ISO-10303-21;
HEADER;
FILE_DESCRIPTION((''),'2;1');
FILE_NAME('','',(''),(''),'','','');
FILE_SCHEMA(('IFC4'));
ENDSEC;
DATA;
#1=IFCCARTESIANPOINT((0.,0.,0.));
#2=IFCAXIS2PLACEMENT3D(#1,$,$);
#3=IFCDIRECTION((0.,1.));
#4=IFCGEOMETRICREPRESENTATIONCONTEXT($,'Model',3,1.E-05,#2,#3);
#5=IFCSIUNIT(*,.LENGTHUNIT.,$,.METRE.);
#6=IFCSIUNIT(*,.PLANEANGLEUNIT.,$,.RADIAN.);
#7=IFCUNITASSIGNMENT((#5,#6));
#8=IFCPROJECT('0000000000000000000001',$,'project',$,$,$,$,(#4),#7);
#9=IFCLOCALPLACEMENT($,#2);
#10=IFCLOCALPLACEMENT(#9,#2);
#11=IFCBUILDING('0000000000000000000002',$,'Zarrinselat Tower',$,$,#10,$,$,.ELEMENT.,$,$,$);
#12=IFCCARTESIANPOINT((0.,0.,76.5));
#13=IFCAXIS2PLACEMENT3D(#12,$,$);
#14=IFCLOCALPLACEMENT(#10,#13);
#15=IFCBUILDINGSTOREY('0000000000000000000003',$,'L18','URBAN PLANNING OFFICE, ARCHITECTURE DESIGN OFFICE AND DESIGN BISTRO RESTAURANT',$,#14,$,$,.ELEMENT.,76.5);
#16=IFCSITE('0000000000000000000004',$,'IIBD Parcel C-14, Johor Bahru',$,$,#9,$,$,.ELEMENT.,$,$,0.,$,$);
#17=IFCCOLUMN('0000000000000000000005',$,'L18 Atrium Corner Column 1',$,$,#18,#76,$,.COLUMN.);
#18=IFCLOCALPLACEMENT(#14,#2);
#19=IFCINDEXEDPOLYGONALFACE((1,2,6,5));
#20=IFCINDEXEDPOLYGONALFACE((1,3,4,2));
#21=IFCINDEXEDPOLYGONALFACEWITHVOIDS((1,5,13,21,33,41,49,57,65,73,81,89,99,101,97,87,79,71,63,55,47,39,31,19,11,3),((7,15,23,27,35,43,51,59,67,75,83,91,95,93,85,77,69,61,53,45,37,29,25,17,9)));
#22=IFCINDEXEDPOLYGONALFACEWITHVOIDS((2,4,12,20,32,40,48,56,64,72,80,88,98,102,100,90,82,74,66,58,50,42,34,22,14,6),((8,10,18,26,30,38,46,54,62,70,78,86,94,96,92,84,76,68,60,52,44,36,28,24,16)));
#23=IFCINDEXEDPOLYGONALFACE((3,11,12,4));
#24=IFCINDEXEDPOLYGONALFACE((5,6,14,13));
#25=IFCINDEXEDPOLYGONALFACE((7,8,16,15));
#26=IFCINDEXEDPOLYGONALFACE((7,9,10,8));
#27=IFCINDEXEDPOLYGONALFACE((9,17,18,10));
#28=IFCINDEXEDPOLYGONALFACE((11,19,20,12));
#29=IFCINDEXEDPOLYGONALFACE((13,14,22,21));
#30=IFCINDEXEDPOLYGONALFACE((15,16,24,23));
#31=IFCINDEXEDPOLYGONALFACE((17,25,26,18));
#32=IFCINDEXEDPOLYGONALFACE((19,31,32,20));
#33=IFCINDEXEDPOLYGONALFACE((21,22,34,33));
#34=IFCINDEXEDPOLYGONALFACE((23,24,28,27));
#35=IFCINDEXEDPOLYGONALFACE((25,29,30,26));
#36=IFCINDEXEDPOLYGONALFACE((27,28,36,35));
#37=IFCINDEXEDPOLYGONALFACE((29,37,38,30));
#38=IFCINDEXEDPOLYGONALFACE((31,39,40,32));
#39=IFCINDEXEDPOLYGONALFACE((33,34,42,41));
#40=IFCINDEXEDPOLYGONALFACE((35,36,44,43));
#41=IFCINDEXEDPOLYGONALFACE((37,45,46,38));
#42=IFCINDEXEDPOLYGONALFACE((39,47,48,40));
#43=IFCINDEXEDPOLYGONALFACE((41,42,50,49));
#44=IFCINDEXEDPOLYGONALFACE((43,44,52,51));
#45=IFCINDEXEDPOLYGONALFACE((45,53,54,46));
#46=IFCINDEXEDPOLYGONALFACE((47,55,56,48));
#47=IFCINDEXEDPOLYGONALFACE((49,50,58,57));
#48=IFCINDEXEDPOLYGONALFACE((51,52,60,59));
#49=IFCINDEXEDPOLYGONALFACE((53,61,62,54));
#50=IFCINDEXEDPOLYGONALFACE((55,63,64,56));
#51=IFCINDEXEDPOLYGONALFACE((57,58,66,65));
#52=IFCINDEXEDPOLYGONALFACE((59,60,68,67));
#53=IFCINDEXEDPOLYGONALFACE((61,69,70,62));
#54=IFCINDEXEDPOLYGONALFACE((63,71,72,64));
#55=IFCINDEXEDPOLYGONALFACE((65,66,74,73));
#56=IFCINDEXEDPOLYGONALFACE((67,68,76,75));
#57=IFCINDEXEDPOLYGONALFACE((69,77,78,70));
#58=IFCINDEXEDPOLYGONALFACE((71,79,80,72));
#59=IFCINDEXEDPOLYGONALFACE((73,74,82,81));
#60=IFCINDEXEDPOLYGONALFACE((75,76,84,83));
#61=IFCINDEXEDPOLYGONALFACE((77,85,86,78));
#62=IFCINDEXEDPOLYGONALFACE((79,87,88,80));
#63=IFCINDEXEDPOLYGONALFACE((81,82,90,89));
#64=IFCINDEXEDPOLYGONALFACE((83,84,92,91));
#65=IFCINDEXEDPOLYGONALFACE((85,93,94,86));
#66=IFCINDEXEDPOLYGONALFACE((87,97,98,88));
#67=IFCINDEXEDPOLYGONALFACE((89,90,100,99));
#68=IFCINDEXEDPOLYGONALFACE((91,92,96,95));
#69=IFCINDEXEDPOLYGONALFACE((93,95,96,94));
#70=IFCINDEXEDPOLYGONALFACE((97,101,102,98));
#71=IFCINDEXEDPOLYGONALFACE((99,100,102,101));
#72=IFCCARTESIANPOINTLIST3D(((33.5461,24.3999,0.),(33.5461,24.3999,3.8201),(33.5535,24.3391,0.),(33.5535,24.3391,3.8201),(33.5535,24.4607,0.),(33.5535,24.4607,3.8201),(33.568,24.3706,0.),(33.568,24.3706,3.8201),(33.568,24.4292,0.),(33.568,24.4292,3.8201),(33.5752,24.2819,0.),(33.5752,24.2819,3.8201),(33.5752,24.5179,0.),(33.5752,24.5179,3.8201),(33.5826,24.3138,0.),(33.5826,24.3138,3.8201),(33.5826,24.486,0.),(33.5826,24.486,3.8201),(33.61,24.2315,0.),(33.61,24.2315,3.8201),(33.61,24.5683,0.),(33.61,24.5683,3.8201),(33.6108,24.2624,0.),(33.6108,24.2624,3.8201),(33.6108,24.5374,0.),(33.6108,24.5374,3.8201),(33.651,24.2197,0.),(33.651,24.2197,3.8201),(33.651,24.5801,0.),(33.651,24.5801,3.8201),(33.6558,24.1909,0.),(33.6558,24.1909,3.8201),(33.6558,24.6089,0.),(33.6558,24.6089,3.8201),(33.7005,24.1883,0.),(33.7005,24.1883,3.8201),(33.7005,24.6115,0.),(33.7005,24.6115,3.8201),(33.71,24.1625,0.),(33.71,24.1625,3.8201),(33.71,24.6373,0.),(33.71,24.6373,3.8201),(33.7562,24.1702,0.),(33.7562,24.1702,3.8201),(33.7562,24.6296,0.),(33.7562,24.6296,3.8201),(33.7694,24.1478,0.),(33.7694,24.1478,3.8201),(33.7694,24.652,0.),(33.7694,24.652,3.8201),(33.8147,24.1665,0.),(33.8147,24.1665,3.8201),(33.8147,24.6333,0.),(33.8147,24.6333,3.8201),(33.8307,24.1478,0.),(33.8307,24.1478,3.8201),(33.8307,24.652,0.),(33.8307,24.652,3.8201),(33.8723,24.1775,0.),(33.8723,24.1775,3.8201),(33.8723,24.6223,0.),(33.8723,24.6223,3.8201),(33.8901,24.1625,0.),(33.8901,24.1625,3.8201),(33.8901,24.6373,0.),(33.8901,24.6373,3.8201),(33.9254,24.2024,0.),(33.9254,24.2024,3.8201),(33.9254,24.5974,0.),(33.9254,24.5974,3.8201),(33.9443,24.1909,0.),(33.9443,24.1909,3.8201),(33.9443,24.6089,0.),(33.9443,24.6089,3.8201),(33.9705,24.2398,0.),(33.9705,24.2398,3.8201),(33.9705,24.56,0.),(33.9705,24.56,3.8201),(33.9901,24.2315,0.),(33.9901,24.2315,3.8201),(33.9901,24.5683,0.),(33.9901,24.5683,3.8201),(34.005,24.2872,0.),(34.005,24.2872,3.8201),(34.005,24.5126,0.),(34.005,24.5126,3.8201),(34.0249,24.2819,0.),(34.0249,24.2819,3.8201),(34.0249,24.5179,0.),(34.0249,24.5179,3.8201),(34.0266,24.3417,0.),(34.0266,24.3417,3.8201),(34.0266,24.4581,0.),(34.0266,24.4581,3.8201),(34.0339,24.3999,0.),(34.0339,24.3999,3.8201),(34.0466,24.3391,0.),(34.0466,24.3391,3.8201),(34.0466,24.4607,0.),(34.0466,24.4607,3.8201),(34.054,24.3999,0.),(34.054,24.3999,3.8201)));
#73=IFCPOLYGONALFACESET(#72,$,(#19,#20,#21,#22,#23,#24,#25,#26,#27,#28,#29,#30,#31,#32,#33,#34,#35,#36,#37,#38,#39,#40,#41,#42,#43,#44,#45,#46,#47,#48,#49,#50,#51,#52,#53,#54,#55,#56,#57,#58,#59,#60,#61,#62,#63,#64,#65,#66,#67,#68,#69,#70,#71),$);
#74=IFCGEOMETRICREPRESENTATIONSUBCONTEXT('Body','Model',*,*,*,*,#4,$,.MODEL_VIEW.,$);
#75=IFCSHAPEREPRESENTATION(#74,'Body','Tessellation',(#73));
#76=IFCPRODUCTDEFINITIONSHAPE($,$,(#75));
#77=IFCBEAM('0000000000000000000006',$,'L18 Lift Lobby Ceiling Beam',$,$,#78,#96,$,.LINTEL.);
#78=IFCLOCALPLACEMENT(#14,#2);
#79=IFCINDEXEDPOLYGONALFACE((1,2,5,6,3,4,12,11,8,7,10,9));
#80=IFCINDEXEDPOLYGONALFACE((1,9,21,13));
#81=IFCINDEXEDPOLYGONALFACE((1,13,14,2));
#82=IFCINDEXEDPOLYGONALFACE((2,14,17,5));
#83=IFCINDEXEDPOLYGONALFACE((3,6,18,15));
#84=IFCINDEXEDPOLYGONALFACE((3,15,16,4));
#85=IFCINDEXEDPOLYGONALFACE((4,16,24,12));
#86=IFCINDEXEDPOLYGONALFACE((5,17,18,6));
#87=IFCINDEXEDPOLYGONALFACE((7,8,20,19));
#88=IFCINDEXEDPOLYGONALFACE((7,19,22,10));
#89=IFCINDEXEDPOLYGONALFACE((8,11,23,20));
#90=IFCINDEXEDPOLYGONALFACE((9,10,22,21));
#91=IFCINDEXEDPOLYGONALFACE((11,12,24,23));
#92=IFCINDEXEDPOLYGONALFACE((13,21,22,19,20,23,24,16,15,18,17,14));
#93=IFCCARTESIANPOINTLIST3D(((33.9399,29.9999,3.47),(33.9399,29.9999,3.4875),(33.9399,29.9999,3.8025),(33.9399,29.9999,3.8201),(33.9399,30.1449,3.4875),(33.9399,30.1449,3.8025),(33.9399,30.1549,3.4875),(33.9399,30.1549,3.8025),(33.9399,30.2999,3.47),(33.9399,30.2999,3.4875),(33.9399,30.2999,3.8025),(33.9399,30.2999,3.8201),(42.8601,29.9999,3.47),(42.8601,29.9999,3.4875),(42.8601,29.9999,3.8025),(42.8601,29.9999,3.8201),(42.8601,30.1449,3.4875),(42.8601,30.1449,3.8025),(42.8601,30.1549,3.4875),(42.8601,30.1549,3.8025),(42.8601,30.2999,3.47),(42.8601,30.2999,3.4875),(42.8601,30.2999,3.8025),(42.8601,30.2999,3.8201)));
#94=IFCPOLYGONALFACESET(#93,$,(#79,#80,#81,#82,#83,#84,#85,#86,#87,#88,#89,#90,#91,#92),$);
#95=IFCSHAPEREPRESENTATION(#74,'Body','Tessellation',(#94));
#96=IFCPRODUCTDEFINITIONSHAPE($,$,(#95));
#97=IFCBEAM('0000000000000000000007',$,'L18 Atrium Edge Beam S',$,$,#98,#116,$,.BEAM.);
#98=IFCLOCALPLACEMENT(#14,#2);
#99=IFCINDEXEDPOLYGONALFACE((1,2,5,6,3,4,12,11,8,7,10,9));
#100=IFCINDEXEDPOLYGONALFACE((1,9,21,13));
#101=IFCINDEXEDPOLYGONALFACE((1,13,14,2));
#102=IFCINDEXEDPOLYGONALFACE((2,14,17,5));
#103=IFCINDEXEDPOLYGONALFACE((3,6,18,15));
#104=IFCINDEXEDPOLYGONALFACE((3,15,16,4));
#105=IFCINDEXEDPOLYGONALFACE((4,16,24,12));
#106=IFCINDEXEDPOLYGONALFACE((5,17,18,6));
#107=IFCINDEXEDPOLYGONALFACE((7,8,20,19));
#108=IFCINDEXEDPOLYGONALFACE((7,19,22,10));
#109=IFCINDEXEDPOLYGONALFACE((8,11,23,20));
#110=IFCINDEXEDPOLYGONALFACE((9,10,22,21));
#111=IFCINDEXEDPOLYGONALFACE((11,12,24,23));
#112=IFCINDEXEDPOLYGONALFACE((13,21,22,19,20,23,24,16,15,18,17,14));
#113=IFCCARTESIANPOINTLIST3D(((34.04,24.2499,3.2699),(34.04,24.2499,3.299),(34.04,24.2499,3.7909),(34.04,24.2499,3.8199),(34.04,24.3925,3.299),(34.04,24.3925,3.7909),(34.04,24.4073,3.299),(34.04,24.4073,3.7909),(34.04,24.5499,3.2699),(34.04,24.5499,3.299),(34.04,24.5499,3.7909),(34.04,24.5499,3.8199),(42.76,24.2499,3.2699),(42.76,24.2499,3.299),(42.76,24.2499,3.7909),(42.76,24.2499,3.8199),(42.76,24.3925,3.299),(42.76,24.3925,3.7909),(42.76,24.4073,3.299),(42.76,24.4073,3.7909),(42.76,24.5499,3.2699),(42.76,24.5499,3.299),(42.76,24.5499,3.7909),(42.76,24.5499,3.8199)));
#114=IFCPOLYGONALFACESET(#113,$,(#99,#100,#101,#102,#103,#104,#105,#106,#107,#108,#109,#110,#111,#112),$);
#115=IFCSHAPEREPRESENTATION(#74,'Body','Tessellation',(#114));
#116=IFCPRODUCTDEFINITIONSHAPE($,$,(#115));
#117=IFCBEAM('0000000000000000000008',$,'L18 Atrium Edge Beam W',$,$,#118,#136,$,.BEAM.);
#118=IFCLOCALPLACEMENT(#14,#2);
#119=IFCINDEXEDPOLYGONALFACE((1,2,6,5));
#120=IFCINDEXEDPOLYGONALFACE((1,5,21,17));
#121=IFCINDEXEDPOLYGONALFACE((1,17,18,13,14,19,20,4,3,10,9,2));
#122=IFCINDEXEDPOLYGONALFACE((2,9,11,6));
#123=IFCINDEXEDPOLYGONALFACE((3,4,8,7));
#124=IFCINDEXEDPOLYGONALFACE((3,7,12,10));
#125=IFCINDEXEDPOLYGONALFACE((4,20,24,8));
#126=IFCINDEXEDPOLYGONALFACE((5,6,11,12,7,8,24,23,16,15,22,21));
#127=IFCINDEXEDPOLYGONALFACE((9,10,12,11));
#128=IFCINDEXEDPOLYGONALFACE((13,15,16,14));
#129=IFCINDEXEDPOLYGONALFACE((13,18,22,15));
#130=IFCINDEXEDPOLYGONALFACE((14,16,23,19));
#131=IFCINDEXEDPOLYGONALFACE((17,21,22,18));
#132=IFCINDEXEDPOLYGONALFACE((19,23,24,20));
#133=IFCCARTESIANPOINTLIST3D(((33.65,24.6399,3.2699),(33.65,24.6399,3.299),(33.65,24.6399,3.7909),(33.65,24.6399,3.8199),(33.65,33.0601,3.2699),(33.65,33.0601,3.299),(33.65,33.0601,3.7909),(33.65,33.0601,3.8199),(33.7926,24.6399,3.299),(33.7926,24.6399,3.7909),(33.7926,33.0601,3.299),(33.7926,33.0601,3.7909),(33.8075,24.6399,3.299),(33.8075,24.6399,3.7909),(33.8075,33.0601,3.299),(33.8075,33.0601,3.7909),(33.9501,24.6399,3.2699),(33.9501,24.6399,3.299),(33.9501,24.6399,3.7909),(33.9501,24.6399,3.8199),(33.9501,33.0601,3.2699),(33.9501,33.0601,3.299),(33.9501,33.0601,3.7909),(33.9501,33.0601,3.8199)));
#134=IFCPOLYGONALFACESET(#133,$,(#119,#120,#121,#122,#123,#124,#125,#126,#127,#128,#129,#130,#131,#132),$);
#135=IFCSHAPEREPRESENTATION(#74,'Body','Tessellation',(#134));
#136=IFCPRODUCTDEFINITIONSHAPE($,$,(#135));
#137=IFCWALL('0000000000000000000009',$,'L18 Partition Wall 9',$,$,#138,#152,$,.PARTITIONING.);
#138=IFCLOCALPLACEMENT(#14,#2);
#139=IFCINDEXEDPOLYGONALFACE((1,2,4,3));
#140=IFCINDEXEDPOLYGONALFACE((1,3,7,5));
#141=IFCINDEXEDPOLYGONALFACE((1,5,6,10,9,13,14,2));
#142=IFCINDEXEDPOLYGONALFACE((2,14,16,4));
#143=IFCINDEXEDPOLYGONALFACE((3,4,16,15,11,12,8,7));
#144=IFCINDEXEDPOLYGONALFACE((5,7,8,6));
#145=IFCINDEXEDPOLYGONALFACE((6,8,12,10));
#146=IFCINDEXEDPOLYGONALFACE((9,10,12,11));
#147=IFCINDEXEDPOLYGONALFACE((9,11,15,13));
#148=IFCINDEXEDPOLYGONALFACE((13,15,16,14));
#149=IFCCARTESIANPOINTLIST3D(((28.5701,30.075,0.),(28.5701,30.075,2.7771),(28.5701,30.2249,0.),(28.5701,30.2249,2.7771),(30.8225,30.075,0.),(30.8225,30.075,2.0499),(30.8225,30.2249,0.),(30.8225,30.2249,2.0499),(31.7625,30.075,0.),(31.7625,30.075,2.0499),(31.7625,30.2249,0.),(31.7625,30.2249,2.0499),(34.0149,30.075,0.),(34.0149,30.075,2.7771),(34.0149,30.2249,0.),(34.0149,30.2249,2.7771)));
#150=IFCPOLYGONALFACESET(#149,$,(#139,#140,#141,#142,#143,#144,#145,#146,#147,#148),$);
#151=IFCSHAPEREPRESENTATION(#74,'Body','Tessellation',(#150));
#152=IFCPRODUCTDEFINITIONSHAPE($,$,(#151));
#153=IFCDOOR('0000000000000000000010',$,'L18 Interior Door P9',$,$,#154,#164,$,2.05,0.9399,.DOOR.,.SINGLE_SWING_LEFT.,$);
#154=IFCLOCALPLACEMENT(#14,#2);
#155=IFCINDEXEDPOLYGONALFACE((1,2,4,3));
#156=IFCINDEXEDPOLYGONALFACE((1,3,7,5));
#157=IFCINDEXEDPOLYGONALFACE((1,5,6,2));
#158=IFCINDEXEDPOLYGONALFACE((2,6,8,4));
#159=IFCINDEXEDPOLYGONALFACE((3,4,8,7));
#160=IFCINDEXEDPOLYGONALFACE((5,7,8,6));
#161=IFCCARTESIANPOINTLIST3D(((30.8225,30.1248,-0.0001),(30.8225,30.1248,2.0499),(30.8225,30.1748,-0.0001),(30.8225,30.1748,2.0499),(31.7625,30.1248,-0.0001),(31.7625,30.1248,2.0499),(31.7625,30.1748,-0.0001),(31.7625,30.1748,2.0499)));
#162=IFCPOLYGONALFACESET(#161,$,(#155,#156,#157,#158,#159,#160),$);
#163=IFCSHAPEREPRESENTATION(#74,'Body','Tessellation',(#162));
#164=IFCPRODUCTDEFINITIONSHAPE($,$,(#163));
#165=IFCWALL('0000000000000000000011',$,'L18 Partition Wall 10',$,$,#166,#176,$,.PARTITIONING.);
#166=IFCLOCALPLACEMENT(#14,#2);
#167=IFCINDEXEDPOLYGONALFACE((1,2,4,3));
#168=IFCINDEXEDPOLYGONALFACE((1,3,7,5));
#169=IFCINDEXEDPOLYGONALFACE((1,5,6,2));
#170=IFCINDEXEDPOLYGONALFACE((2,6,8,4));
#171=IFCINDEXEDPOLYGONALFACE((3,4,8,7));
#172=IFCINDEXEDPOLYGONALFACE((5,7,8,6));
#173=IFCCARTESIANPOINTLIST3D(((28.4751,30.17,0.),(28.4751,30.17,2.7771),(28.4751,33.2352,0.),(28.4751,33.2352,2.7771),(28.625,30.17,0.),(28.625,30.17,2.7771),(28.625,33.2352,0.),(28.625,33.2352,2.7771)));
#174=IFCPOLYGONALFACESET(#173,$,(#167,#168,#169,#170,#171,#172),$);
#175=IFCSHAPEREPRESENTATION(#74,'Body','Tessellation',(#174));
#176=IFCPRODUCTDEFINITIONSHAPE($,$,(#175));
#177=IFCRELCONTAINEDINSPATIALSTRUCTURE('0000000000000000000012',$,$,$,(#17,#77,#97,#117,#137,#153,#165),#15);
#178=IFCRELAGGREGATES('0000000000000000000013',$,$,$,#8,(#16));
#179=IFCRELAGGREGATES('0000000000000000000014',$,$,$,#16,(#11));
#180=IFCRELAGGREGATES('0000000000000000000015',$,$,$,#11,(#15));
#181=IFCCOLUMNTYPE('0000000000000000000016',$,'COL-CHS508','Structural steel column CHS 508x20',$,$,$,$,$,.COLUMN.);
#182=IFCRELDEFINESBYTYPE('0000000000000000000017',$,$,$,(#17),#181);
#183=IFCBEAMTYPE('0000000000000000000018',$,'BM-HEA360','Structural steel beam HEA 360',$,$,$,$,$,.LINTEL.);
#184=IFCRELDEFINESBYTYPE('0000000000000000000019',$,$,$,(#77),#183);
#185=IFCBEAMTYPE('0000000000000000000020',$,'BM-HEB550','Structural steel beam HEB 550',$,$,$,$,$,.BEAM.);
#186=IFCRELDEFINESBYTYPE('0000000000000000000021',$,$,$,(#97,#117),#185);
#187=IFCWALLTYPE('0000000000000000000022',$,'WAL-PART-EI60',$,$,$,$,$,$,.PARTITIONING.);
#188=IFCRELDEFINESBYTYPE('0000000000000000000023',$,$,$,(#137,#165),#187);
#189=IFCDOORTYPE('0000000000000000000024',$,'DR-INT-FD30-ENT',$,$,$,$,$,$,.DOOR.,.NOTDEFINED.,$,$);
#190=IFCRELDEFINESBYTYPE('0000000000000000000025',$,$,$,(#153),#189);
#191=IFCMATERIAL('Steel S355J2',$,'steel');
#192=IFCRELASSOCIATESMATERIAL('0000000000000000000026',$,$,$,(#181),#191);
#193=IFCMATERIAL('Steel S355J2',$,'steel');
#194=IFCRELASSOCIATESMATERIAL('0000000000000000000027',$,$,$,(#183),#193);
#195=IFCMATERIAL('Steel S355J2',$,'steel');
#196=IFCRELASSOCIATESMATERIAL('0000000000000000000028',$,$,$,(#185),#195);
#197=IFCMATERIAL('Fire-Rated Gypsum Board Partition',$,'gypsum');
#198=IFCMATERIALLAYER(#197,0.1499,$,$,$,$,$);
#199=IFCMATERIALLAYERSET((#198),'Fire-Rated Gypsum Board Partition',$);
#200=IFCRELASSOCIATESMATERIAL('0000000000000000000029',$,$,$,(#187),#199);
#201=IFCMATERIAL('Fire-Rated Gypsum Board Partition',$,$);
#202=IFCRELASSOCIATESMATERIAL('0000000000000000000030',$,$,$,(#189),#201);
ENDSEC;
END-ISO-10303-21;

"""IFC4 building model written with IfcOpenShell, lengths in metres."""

from ifc_helpers import new_model, si_unit, direction, frame, frame_2d, origin, origin_2d, place, context, subcontext, project, spatial, rectangle, hollow_circle, i_section, extrude, material, layer, layer_set, material_profile, profile_set, type_object, element, fill, save


model = new_model("IFC4")

# Units and contexts
model_context = context("Model", 3, precision=1e-05, world=origin(), true_north=direction((0.0, 1.0)))
body_context = subcontext(model_context, "Body", "Model", "MODEL_VIEW")
ifc_project = project(units=[si_unit("LENGTHUNIT", "METRE"), si_unit("PLANEANGLEUNIT", "RADIAN")], contexts=[model_context])

# Site, building, storey
site_placement = place(None, origin())
site = spatial("IfcSite", under=ifc_project, at=site_placement, Name="IIBD Parcel C-14, Johor Bahru", CompositionType="ELEMENT", RefElevation=0.0)
building_placement = place(site_placement, origin())
building = spatial("IfcBuilding", under=site, at=building_placement, Name="Zarrinselat Tower", CompositionType="ELEMENT")
storey_placement = place(building_placement, frame((0.0, 0.0, 76.5)))
storey = spatial("IfcBuildingStorey", under=building, at=storey_placement, Name="L18", Description="URBAN PLANNING OFFICE, ARCHITECTURE DESIGN OFFICE AND DESIGN BISTRO RESTAURANT", CompositionType="ELEMENT", Elevation=76.5)

# Column
ifc_material_1 = material(Name="Steel S355J2", Category="steel")
ifc_material_profile_1 = material_profile(ifc_material_1, hollow_circle(Radius=0.2539, WallThickness=0.02, at=origin_2d()), Name="CHS 508x20")
ifc_profile_set_1 = profile_set([ifc_material_profile_1], Name="Steel S355J2")
column_type = type_object("IfcColumnType", Name="COL-CHS508", Description="Structural steel column CHS 508x20", PredefinedType="COLUMN", material=ifc_profile_set_1)
column_placement = place(storey_placement, frame((33.8, 24.3999, 0.0), z_axis=(0.0, 0.0, 1.0), x_axis=(1.0, 0.0, 0.0)))
element("IfcColumn", 1, at=column_placement, inside=storey, type_object=column_type, Name="L18 Atrium Corner Column 1", PredefinedType="COLUMN", context=body_context, shape_type="SweptSolid", body=[
    extrude(hollow_circle(Radius=0.2539, WallThickness=0.02, at=origin_2d()), origin(), (0.0, 0.0, 1.0), 3.8201),
])

# Beams
ifc_material_2 = material(Name="Steel S355J2", Category="steel")
ifc_material_profile_2 = material_profile(ifc_material_2, i_section(OverallWidth=0.3, OverallDepth=0.3501, WebThickness=0.01, FlangeThickness=0.0176, at=origin_2d()), Name="HEA 360")
ifc_profile_set_2 = profile_set([ifc_material_profile_2], Name="Steel S355J2")
beam_type_1 = type_object("IfcBeamType", Name="BM-HEA360", Description="Structural steel beam HEA 360", PredefinedType="LINTEL", material=ifc_profile_set_2)
beam_1_placement = place(storey_placement, frame((33.9399, 30.1499, 3.645), z_axis=(1.0, 0.0, 0.0), x_axis=(0.0, 1.0, 0.0)))
element("IfcBeam", 2, at=beam_1_placement, inside=storey, type_object=beam_type_1, Name="L18 Lift Lobby Ceiling Beam", PredefinedType="LINTEL", context=body_context, shape_type="SweptSolid", body=[
    extrude(i_section(OverallWidth=0.3, OverallDepth=0.3501, WebThickness=0.01, FlangeThickness=0.0176, at=origin_2d()), origin(), (0.0, 0.0, 1.0), 8.9202),
])
ifc_material_3 = material(Name="Steel S355J2", Category="steel")
ifc_material_profile_3 = material_profile(ifc_material_3, i_section(OverallWidth=0.3, OverallDepth=0.55, WebThickness=0.0149, FlangeThickness=0.0291, at=origin_2d()), Name="HEB 550")
ifc_profile_set_3 = profile_set([ifc_material_profile_3], Name="Steel S355J2")
beam_type_2 = type_object("IfcBeamType", Name="BM-HEB550", Description="Structural steel beam HEB 550", PredefinedType="BEAM", material=ifc_profile_set_3)
beam_2_placement = place(storey_placement, frame((34.04, 24.3999, 3.5449), z_axis=(1.0, 0.0, 0.0), x_axis=(0.0, 1.0, 0.0)))
element("IfcBeam", 3, at=beam_2_placement, inside=storey, type_object=beam_type_2, Name="L18 Atrium Edge Beam S", PredefinedType="BEAM", context=body_context, shape_type="SweptSolid", body=[
    extrude(i_section(OverallWidth=0.3, OverallDepth=0.55, WebThickness=0.0149, FlangeThickness=0.0291, at=origin_2d()), origin(), (0.0, 0.0, 1.0), 8.72),
])
beam_3_placement = place(storey_placement, frame((33.8, 24.6399, 3.5449), z_axis=(0.0, 1.0, 0.0), x_axis=(-1.0, 0.0, 0.0)))
element("IfcBeam", 4, at=beam_3_placement, inside=storey, type_object=beam_type_2, Name="L18 Atrium Edge Beam W", PredefinedType="BEAM", context=body_context, shape_type="SweptSolid", body=[
    extrude(i_section(OverallWidth=0.3, OverallDepth=0.55, WebThickness=0.0149, FlangeThickness=0.0291, at=origin_2d()), origin(), (0.0, 0.0, 1.0), 8.4202),
])

# Wall, opening, door
ifc_material_4 = material(Name="Fire-Rated Gypsum Board Partition", Category="gypsum")
ifc_layer_1 = layer(ifc_material_4, 0.1499)
ifc_layer_set_1 = layer_set([ifc_layer_1], Name="Fire-Rated Gypsum Board Partition")
wall_type_1 = type_object("IfcWallType", Name="WAL-PART-EI60", PredefinedType="PARTITIONING", material=ifc_layer_set_1)
wall_1_placement = place(storey_placement, frame((28.5701, 30.1499, 0.0), z_axis=(0.0, 0.0, 1.0), x_axis=(1.0, 0.0, 0.0)))
wall_1 = element("IfcWall", 5, at=wall_1_placement, inside=storey, type_object=wall_type_1, Name="L18 Partition Wall 9", PredefinedType="PARTITIONING", context=body_context, shape_type="SweptSolid", body=[
    extrude(rectangle(XDim=5.4448, YDim=0.1499, at=frame_2d((2.7224, 0.0))), origin(), (0.0, 0.0, 1.0), 2.7771),
])
opening_1_placement = place(wall_1_placement, frame((2.2524, 0.0, 0.0)))
opening_1 = element("IfcOpeningElement", 6, at=opening_1_placement, cuts=wall_1, PredefinedType="OPENING", context=body_context, shape_type="SweptSolid", body=[
    extrude(rectangle(XDim=0.9399, YDim=2.05, at=frame_2d((0.47, 1.0249))), frame((0.0, 0.085, 0.0), z_axis=(0.0, -1.0, 0.0), x_axis=(1.0, 0.0, 0.0)), (0.0, 0.0, 1.0), 0.1699),
])
ifc_material_5 = material(Name="Fire-Rated Gypsum Board Partition")
door_type_1 = type_object("IfcDoorType", Name="DR-INT-FD30-ENT", OperationType="NOTDEFINED", PredefinedType="DOOR", material=ifc_material_5)
door_1_placement = place(opening_1_placement, origin())
door_1 = element("IfcDoor", 7, at=door_1_placement, inside=storey, type_object=door_type_1, Name="L18 Interior Door P9", OperationType="SINGLE_SWING_LEFT", OverallHeight=2.05, OverallWidth=0.9399, PredefinedType="DOOR", context=body_context, shape_type="SweptSolid", body=[
    extrude(rectangle(XDim=0.9399, YDim=2.05, at=frame_2d((0.47, 1.0249))), frame((0.0, 0.0249, 0.0), z_axis=(0.0, -1.0, 0.0), x_axis=(1.0, 0.0, 0.0)), (0.0, 0.0, 1.0), 0.05),
])
fill(opening_1, door_1)

# Wall
wall_2_placement = place(storey_placement, frame((28.55, 30.1699, 0.0), z_axis=(0.0, 0.0, 1.0), x_axis=(0.0, 1.0, 0.0)))
element("IfcWall", 8, at=wall_2_placement, inside=storey, type_object=wall_type_1, Name="L18 Partition Wall 10", PredefinedType="PARTITIONING", context=body_context, shape_type="SweptSolid", body=[
    extrude(rectangle(XDim=3.0652, YDim=0.1499, at=frame_2d((1.5327, 0.0))), origin(), (0.0, 0.0, 1.0), 2.7771),
])

save(model, "model.ifc")
